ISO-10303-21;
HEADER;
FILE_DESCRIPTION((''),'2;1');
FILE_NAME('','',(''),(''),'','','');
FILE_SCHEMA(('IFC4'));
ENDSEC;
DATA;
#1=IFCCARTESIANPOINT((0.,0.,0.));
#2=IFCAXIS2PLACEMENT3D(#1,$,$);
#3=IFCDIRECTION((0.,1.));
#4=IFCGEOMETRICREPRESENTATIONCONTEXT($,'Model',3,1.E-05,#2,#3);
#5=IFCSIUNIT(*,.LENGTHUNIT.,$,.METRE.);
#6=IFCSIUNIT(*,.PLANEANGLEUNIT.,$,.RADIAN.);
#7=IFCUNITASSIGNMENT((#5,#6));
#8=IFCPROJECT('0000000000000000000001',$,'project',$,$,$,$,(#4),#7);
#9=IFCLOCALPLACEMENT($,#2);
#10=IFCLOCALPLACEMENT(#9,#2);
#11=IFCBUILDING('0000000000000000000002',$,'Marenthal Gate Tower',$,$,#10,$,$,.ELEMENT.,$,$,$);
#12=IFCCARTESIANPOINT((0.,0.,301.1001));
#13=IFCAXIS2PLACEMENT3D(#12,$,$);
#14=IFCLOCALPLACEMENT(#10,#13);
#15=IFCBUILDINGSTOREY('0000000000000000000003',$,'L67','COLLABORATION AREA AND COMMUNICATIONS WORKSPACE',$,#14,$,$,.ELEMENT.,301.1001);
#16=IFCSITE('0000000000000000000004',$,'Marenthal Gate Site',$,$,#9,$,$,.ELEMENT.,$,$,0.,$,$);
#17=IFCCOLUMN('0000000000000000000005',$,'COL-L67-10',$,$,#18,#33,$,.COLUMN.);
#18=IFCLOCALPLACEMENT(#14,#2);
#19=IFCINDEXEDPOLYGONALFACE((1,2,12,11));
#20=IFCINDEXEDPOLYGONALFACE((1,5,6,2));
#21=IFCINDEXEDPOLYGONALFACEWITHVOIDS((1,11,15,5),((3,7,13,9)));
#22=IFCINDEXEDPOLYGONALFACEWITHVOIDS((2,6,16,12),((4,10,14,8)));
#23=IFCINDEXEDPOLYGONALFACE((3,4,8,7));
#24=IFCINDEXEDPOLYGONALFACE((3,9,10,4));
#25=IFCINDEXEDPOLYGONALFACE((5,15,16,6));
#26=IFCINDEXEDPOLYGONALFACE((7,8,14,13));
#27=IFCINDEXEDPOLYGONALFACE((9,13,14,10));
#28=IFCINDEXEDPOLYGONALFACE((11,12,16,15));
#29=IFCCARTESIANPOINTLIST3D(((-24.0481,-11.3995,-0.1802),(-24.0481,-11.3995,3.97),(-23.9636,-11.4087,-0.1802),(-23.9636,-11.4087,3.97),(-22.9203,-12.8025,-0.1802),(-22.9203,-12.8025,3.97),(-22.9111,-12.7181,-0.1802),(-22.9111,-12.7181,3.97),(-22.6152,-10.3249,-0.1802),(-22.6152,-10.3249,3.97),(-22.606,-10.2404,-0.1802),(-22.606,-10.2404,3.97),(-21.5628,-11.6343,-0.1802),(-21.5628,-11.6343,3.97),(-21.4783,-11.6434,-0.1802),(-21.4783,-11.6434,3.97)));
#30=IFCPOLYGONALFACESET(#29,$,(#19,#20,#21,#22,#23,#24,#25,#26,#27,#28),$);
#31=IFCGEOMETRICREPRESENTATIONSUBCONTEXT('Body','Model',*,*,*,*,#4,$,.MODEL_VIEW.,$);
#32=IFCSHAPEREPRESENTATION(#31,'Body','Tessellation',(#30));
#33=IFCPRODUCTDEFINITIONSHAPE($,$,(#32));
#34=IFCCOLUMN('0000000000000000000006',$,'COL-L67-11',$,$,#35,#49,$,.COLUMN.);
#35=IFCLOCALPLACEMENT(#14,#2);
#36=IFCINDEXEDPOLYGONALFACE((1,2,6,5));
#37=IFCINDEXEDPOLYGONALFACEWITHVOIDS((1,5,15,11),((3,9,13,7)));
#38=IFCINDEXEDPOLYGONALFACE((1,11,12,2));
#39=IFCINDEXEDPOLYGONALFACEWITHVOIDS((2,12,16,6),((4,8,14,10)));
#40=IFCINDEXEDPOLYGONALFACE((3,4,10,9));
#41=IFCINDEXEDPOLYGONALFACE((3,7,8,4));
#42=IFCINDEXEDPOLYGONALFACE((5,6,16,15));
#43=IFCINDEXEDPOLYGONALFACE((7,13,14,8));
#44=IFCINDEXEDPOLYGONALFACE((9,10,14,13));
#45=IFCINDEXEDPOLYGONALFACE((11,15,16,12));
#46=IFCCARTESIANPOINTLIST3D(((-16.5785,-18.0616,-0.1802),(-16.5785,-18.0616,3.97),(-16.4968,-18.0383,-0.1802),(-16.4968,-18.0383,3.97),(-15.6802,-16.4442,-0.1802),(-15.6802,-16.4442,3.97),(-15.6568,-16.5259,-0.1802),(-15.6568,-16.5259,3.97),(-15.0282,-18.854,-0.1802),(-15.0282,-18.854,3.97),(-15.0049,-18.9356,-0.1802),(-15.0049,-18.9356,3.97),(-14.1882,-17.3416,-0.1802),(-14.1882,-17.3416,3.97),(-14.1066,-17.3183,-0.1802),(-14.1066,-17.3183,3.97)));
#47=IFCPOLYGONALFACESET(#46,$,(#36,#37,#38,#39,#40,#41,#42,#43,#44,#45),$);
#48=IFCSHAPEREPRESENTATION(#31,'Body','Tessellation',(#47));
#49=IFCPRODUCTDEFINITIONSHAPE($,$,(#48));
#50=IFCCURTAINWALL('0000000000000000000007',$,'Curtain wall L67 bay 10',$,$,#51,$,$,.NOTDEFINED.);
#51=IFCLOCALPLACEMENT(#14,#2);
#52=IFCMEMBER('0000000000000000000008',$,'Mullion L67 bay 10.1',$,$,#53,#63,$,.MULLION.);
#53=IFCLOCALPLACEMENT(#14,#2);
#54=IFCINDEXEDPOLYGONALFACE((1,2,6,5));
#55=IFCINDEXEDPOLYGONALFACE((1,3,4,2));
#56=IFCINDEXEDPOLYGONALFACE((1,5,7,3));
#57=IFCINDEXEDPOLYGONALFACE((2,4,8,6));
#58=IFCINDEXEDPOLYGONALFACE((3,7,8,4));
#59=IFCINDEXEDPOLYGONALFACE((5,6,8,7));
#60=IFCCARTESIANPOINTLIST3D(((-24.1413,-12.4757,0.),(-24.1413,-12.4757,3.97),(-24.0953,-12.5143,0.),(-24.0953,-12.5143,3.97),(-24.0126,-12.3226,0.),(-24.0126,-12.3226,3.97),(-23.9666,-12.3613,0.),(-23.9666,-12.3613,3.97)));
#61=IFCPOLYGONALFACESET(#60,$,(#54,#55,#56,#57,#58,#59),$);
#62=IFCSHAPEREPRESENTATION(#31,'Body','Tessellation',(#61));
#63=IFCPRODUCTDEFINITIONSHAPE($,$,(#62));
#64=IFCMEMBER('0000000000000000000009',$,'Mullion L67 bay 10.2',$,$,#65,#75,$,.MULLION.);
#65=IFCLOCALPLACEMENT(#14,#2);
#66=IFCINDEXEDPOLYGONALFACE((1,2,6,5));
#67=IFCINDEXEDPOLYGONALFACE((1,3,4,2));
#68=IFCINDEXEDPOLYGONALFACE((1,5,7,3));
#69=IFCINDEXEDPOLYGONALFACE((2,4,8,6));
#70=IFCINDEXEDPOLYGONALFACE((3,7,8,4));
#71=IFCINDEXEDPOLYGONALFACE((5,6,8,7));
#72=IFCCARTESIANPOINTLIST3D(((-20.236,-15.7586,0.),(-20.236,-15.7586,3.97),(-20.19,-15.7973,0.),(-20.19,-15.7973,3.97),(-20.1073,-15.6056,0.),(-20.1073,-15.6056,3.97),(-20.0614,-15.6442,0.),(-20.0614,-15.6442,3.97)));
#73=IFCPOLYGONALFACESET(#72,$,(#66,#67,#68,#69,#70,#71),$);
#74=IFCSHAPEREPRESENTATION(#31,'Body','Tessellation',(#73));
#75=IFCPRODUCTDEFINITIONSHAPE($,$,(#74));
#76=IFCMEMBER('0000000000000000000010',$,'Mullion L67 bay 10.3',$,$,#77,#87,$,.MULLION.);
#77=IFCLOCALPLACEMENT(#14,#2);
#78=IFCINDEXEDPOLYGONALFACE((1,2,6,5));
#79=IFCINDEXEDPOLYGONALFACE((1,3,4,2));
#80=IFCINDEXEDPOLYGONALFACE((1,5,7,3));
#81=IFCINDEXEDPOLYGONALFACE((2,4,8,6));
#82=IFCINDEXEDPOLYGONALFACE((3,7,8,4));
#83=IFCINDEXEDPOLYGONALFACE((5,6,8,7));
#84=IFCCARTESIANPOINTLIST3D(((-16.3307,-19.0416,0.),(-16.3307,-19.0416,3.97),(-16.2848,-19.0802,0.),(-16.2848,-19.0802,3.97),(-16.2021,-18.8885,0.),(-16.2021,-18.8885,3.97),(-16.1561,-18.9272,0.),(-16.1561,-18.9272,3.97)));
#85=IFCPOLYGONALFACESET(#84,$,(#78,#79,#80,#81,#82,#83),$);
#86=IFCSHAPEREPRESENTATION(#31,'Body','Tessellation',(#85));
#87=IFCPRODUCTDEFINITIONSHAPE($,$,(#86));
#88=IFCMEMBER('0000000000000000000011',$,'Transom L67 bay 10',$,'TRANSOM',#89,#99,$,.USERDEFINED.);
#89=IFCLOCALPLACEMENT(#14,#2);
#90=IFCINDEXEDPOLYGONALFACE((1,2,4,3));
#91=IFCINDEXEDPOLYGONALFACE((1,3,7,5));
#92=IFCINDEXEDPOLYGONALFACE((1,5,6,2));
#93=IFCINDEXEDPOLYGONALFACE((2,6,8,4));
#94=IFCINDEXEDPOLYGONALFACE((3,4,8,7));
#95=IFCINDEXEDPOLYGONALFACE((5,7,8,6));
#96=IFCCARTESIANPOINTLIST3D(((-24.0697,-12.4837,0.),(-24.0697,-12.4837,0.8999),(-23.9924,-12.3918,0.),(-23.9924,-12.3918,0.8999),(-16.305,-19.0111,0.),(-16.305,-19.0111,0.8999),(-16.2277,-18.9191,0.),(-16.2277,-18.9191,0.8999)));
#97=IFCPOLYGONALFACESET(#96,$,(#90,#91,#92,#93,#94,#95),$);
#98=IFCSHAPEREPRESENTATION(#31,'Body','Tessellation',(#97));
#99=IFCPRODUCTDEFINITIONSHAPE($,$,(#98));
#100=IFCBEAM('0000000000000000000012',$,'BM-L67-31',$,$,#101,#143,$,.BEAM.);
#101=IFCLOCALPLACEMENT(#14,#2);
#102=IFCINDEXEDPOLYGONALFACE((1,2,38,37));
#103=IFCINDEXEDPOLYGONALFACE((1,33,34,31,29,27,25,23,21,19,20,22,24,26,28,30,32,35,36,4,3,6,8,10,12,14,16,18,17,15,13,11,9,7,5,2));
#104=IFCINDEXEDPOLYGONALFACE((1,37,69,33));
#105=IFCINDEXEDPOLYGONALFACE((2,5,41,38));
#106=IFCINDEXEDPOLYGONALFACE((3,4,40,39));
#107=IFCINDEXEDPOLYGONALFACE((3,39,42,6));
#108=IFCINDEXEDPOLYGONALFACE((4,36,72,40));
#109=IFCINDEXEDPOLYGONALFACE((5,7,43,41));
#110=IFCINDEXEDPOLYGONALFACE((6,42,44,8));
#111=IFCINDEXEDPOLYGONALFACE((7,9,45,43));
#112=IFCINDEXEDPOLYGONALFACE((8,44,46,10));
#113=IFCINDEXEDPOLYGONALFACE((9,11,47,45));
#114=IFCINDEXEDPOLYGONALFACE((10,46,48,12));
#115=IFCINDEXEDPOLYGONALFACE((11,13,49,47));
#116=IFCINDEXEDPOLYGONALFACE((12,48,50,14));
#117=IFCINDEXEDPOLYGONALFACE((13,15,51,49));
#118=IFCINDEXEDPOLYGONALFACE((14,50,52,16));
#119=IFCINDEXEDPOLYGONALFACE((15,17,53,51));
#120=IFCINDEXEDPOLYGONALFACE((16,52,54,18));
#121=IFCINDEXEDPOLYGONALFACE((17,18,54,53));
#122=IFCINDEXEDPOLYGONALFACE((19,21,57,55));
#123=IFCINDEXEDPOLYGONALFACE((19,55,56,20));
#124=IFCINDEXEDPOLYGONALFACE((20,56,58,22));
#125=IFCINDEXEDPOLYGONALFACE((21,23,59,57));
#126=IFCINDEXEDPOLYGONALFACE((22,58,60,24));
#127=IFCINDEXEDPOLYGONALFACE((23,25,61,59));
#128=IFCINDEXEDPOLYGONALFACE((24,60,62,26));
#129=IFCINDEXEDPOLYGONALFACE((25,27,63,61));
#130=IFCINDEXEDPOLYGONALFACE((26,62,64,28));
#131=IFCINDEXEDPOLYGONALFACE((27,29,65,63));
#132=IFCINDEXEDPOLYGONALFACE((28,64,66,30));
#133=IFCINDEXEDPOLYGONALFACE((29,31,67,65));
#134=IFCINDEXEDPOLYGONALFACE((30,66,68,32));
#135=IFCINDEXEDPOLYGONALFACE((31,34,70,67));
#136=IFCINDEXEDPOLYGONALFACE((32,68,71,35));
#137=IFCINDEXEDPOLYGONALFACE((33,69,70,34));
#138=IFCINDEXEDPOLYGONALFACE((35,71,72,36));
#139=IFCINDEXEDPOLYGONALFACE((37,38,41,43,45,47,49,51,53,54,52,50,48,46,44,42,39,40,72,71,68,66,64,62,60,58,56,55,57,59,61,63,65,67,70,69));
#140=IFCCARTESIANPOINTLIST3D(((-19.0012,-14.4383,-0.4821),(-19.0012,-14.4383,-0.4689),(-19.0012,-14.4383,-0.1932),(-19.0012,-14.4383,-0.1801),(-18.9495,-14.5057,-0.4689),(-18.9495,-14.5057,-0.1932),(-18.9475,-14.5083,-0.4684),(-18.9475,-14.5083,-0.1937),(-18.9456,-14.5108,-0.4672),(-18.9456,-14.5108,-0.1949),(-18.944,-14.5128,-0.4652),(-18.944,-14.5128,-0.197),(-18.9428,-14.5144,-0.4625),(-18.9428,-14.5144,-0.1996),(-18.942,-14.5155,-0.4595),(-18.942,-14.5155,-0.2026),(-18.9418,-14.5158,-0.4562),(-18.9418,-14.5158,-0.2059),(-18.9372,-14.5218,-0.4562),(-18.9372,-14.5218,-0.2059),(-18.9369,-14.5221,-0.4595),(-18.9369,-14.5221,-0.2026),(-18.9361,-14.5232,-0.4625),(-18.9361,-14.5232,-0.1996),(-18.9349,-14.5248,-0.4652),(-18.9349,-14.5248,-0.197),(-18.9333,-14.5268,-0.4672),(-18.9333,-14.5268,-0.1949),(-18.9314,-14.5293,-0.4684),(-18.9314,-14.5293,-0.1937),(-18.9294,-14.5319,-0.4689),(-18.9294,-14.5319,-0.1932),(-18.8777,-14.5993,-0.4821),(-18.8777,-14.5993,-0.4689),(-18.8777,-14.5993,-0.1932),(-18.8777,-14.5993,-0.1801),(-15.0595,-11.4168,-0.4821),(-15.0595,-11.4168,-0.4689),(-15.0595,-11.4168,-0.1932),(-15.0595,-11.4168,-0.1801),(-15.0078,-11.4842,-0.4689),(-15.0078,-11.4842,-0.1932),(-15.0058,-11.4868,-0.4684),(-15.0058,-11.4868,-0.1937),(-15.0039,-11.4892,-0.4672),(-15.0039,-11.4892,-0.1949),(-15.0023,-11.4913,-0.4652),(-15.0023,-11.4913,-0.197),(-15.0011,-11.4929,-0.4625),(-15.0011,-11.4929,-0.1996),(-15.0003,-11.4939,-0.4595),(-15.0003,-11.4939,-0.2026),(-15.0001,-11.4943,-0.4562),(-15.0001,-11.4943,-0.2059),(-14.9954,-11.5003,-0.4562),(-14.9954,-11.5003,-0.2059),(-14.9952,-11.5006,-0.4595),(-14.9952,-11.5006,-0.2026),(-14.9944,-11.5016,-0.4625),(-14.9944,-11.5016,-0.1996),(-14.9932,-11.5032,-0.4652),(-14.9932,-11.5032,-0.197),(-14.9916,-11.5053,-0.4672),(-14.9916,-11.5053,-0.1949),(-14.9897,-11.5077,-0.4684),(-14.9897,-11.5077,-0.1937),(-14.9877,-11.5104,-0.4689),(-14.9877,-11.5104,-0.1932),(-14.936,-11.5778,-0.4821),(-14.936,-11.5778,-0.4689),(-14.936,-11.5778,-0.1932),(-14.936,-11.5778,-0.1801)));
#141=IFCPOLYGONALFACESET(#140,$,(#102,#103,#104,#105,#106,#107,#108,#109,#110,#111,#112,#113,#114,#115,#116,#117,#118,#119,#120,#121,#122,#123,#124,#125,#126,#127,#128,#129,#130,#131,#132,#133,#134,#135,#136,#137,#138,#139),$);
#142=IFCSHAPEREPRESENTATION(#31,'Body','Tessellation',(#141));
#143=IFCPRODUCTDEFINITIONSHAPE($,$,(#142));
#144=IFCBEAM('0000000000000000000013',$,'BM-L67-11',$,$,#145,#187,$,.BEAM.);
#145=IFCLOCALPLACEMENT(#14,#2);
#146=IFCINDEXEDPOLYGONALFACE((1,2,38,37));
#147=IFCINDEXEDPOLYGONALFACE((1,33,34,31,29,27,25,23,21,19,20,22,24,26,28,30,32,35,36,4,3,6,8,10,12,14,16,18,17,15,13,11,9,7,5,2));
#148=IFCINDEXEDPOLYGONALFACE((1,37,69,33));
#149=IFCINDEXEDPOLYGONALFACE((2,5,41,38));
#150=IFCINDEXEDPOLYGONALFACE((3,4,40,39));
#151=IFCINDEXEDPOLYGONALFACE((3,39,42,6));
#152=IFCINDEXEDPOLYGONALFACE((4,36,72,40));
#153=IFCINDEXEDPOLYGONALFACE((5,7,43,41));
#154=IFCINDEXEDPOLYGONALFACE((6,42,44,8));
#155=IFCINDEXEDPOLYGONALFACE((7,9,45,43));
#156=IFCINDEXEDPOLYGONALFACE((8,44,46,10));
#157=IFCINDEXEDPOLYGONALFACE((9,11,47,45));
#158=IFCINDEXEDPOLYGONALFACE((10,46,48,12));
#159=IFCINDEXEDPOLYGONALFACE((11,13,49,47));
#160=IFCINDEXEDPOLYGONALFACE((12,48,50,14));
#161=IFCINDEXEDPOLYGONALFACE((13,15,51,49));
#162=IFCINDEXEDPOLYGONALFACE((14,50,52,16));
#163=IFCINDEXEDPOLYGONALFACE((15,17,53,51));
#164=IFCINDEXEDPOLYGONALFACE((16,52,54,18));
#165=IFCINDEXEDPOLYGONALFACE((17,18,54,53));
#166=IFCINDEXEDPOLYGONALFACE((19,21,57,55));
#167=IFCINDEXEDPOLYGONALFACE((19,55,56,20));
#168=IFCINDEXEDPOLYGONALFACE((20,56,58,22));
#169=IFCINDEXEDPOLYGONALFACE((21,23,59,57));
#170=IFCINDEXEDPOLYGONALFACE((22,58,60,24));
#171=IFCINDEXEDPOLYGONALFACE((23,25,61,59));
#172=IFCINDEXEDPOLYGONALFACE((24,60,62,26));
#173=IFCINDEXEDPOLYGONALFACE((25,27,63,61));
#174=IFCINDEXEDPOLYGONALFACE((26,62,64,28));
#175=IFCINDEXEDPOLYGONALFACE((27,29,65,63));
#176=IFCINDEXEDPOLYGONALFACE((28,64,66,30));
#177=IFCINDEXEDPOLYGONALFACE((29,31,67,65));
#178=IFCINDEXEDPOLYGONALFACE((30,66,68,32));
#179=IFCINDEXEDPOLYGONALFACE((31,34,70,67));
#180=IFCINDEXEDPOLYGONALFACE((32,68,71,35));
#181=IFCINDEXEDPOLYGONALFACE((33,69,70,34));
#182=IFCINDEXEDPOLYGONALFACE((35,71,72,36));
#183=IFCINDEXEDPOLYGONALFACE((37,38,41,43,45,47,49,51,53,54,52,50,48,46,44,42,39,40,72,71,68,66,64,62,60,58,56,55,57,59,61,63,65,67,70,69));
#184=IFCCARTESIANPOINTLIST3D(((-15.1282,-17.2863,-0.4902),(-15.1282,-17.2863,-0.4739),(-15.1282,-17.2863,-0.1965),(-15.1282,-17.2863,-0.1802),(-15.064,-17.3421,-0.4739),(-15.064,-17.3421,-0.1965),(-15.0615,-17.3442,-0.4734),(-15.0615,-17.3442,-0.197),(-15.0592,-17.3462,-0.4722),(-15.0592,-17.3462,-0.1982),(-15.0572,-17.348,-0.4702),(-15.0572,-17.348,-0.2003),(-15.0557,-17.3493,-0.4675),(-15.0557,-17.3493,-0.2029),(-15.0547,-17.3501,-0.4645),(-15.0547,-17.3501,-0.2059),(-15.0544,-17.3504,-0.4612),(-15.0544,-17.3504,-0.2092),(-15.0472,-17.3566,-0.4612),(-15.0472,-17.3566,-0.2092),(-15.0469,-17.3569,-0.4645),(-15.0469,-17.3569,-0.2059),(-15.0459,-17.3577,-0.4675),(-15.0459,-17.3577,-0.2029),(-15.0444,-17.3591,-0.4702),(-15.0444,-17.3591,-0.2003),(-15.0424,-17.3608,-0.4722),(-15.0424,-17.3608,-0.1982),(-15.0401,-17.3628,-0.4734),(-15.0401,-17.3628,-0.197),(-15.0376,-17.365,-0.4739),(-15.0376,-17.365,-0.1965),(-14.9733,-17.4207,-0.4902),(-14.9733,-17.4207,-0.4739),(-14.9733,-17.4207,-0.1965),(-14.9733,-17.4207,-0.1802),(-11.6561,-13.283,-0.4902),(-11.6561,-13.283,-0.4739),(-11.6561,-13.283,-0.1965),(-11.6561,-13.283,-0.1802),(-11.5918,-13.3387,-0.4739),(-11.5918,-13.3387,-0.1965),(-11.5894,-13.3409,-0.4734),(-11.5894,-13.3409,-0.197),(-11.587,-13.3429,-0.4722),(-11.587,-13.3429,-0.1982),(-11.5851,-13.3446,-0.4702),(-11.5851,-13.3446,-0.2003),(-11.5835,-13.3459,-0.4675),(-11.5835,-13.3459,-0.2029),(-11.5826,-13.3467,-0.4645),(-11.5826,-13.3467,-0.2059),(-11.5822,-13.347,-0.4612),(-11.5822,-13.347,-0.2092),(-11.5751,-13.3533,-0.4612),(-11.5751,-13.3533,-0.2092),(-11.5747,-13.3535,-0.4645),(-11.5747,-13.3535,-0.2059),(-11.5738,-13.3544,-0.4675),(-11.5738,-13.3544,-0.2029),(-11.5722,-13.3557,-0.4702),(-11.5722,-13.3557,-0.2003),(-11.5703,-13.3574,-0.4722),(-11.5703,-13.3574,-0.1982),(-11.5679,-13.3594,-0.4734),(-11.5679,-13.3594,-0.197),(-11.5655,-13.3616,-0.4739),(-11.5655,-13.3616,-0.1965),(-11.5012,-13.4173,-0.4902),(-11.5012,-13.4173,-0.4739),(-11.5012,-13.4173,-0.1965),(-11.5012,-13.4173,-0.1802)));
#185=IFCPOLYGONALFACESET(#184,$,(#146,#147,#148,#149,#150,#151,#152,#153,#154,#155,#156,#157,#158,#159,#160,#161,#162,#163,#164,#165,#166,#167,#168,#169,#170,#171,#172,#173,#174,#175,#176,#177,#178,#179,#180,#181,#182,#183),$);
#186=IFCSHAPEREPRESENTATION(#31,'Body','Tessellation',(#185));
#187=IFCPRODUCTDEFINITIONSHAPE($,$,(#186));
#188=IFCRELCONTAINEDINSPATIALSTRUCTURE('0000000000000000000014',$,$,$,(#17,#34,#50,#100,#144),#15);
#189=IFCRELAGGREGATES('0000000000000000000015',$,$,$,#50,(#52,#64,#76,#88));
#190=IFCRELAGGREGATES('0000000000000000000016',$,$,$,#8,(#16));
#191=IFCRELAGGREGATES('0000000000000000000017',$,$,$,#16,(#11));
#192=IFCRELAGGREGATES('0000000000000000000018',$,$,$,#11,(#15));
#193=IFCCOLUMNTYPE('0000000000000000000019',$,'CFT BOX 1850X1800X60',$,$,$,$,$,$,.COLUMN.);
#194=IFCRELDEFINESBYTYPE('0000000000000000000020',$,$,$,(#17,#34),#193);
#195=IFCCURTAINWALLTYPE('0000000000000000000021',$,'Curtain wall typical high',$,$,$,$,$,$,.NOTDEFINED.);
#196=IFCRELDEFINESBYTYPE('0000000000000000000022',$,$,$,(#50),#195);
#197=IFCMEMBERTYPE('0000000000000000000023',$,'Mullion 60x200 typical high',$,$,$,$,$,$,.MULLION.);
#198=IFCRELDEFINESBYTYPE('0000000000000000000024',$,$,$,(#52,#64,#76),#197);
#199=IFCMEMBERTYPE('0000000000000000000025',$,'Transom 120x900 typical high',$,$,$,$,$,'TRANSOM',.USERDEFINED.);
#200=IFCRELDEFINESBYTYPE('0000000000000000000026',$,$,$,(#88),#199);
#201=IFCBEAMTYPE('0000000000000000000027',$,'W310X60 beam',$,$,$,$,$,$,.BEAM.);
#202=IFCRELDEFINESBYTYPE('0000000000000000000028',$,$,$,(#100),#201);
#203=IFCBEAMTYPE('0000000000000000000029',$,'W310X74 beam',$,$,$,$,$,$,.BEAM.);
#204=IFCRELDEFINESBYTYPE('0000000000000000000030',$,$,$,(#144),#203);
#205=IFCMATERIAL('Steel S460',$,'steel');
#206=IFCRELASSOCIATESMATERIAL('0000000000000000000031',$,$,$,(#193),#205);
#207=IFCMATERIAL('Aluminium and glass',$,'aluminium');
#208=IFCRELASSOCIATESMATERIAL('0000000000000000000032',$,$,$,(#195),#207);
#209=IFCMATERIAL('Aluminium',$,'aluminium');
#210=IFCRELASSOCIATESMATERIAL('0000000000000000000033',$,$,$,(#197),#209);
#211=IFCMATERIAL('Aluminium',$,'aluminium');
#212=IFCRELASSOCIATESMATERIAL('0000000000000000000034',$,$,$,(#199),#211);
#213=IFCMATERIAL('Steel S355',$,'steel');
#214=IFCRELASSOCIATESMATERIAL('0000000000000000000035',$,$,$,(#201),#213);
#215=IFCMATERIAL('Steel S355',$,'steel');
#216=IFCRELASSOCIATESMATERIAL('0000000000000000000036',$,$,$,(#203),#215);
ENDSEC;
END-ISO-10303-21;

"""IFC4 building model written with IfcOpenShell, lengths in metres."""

from ifc_helpers import new_model, si_unit, direction, frame, origin, origin_2d, place, context, subcontext, project, spatial, rectangle, hollow_rectangle, i_section, extrude, material, material_profile, profile_set, type_object, element, aggregate, save


model = new_model("IFC4")

# Units and contexts
model_context = context("Model", 3, precision=1e-05, world=origin(), true_north=direction((0.0, 1.0)))
body_context = subcontext(model_context, "Body", "Model", "MODEL_VIEW")
ifc_project = project(units=[si_unit("LENGTHUNIT", "METRE"), si_unit("PLANEANGLEUNIT", "RADIAN")], contexts=[model_context])

# Site, building, storey
site_placement = place(None, origin())
site = spatial("IfcSite", under=ifc_project, at=site_placement, Name="Marenthal Gate Site", CompositionType="ELEMENT", RefElevation=0.0)
building_placement = place(site_placement, origin())
building = spatial("IfcBuilding", under=site, at=building_placement, Name="Marenthal Gate Tower", CompositionType="ELEMENT")
storey_placement = place(building_placement, frame((0.0, 0.0, 301.1001)))
storey = spatial("IfcBuildingStorey", under=building, at=storey_placement, Name="L67", Description="COLLABORATION AREA AND COMMUNICATIONS WORKSPACE", CompositionType="ELEMENT", Elevation=301.1001)

# Columns
ifc_material_1 = material(Name="Steel S460", Category="steel")
ifc_material_profile_1 = material_profile(ifc_material_1, hollow_rectangle(XDim=1.8, YDim=1.8501, WallThickness=0.0601, at=origin_2d()), Name="CFT BOX 1850X1800X60")
ifc_material_2 = material(Name="Concrete 70 MPa", Category="concrete")
ifc_material_profile_2 = material_profile(ifc_material_2, rectangle(XDim=1.6799, YDim=1.73, at=origin_2d()), Name="CFT BOX 1850X1800X60 INFILL")
ifc_profile_set_1 = profile_set([ifc_material_profile_1, ifc_material_profile_2], Name="Steel S460 shell, Concrete 70 MPa infill")
column_type = type_object("IfcColumnType", Name="CFT BOX 1850X1800X60", PredefinedType="COLUMN", material=ifc_profile_set_1)
for number, where, z_axis, x_axis, name in (
    (1, (-22.7632, -11.5215, -0.1802), (0.0, 0.0, 1.0), (-0.626499, 0.779422, 0.0), "COL-L67-10"),
    (2, (-15.3425, -17.6899, -0.1802), (0.0, 0.0, 1.0), (-0.8742, 0.485567, 0.0), "COL-L67-11"),
):
    element("IfcColumn", number, at=place(storey_placement, frame(where, z_axis=z_axis, x_axis=x_axis)), inside=storey, type_object=column_type, Name=name, PredefinedType="COLUMN", context=body_context, shape_type="SweptSolid", body=[
        extrude(hollow_rectangle(XDim=1.8, YDim=1.8501, WallThickness=0.0601, at=origin_2d()), origin(), (0.0, 0.0, 1.0), 4.1501),
    ])

# Curtain wall, members
ifc_material_3 = material(Name="Aluminium and glass", Category="aluminium")
curtain_wall_type = type_object("IfcCurtainWallType", Name="Curtain wall typical high", PredefinedType="NOTDEFINED", material=ifc_material_3)
curtain_wall_placement = place(storey_placement, origin())
curtain_wall = element("IfcCurtainWall", 3, at=curtain_wall_placement, inside=storey, type_object=curtain_wall_type, Name="Curtain wall L67 bay 10", PredefinedType="NOTDEFINED")
ifc_material_4 = material(Name="Aluminium", Category="aluminium")
ifc_material_profile_3 = material_profile(ifc_material_4, rectangle(XDim=0.2, YDim=0.0601, at=origin_2d()), Name="60x200 aluminium mullion")
ifc_profile_set_2 = profile_set([ifc_material_profile_3], Name="Aluminium")
member_type_1 = type_object("IfcMemberType", Name="Mullion 60x200 typical high", PredefinedType="MULLION", material=ifc_profile_set_2)
member_1_placement = place(storey_placement, frame((-24.054, -12.4185, 0.0), z_axis=(0.0, 0.0, 1.0), x_axis=(0.64348, 0.765463, 0.0)))
member_1 = element("IfcMember", 4, at=member_1_placement, type_object=member_type_1, Name="Mullion L67 bay 10.1", PredefinedType="MULLION", context=body_context, shape_type="SweptSolid", body=[
    extrude(rectangle(XDim=0.2, YDim=0.0601, at=origin_2d()), origin(), (0.0, 0.0, 1.0), 3.97),
])
member_2_placement = place(storey_placement, frame((-20.1487, -15.7014, 0.0), z_axis=(0.0, 0.0, 1.0), x_axis=(0.64348, 0.765463, 0.0)))
member_2 = element("IfcMember", 5, at=member_2_placement, type_object=member_type_1, Name="Mullion L67 bay 10.2", PredefinedType="MULLION", context=body_context, shape_type="SweptSolid", body=[
    extrude(rectangle(XDim=0.2, YDim=0.0601, at=origin_2d()), origin(), (0.0, 0.0, 1.0), 3.97),
])
member_3_placement = place(storey_placement, frame((-16.2434, -18.9844, 0.0), z_axis=(0.0, 0.0, 1.0), x_axis=(0.64348, 0.765463, 0.0)))
member_3 = element("IfcMember", 6, at=member_3_placement, type_object=member_type_1, Name="Mullion L67 bay 10.3", PredefinedType="MULLION", context=body_context, shape_type="SweptSolid", body=[
    extrude(rectangle(XDim=0.2, YDim=0.0601, at=origin_2d()), origin(), (0.0, 0.0, 1.0), 3.97),
])
ifc_material_5 = material(Name="Aluminium", Category="aluminium")
ifc_material_profile_4 = material_profile(ifc_material_5, rectangle(XDim=0.1201, YDim=0.8999, at=origin_2d()), Name="120x900 aluminium transom")
ifc_profile_set_3 = profile_set([ifc_material_profile_4], Name="Aluminium")
member_type_2 = type_object("IfcMemberType", Name="Transom 120x900 typical high", ElementType="TRANSOM", PredefinedType="USERDEFINED", material=ifc_profile_set_3)
member_4_placement = place(storey_placement, frame((-24.031, -12.4377, 0.45), z_axis=(0.76546, -0.643483, 0.0), x_axis=(0.643483, 0.76546, 0.0)))
member_4 = element("IfcMember", 7, at=member_4_placement, type_object=member_type_2, Name="Transom L67 bay 10", ObjectType="TRANSOM", PredefinedType="USERDEFINED", context=body_context, shape_type="SweptSolid", body=[
    extrude(rectangle(XDim=0.1201, YDim=0.8999, at=origin_2d()), origin(), (0.0, 0.0, 1.0), 10.1438),
])

# Beams
ifc_material_6 = material(Name="Steel S355", Category="steel")
ifc_material_profile_5 = material_profile(ifc_material_6, i_section(OverallWidth=0.2029, OverallDepth=0.302, WebThickness=0.0076, FlangeThickness=0.0132, FilletRadius=0.0127, at=origin_2d()), Name="W310X60")
ifc_profile_set_4 = profile_set([ifc_material_profile_5], Name="Steel S355")
beam_type_1 = type_object("IfcBeamType", Name="W310X60 beam", PredefinedType="BEAM", material=ifc_profile_set_4)
beam_1_placement = place(storey_placement, frame((-18.9395, -14.5188, -0.3311), z_axis=(0.79365, 0.608375, 0.0), x_axis=(-0.608375, 0.79365, 0.0)))
element("IfcBeam", 8, at=beam_1_placement, inside=storey, type_object=beam_type_1, Name="BM-L67-31", PredefinedType="BEAM", context=body_context, shape_type="SweptSolid", body=[
    extrude(i_section(OverallWidth=0.2029, OverallDepth=0.302, WebThickness=0.0076, FlangeThickness=0.0132, FilletRadius=0.0127, at=origin_2d()), origin(), (0.0, 0.0, 1.0), 4.9666),
])
ifc_material_7 = material(Name="Steel S355", Category="steel")
ifc_material_profile_6 = material_profile(ifc_material_7, i_section(OverallWidth=0.2051, OverallDepth=0.3101, WebThickness=0.0095, FlangeThickness=0.0164, FilletRadius=0.0127, at=origin_2d()), Name="W310X74")
ifc_profile_set_5 = profile_set([ifc_material_profile_6], Name="Steel S355")
beam_type_2 = type_object("IfcBeamType", Name="W310X74 beam", PredefinedType="BEAM", material=ifc_profile_set_5)
beam_2_placement = place(storey_placement, frame((-15.0508, -17.3535, -0.3352), z_axis=(0.655204, 0.755452, 0.0), x_axis=(-0.755452, 0.655204, 0.0)))
element("IfcBeam", 9, at=beam_2_placement, inside=storey, type_object=beam_type_2, Name="BM-L67-11", PredefinedType="BEAM", context=body_context, shape_type="SweptSolid", body=[
    extrude(i_section(OverallWidth=0.2051, OverallDepth=0.3101, WebThickness=0.0095, FlangeThickness=0.0164, FilletRadius=0.0127, at=origin_2d()), origin(), (0.0, 0.0, 1.0), 5.2993),
])

aggregate(curtain_wall, [member_1, member_2, member_3, member_4])

save(model, "model.ifc")
